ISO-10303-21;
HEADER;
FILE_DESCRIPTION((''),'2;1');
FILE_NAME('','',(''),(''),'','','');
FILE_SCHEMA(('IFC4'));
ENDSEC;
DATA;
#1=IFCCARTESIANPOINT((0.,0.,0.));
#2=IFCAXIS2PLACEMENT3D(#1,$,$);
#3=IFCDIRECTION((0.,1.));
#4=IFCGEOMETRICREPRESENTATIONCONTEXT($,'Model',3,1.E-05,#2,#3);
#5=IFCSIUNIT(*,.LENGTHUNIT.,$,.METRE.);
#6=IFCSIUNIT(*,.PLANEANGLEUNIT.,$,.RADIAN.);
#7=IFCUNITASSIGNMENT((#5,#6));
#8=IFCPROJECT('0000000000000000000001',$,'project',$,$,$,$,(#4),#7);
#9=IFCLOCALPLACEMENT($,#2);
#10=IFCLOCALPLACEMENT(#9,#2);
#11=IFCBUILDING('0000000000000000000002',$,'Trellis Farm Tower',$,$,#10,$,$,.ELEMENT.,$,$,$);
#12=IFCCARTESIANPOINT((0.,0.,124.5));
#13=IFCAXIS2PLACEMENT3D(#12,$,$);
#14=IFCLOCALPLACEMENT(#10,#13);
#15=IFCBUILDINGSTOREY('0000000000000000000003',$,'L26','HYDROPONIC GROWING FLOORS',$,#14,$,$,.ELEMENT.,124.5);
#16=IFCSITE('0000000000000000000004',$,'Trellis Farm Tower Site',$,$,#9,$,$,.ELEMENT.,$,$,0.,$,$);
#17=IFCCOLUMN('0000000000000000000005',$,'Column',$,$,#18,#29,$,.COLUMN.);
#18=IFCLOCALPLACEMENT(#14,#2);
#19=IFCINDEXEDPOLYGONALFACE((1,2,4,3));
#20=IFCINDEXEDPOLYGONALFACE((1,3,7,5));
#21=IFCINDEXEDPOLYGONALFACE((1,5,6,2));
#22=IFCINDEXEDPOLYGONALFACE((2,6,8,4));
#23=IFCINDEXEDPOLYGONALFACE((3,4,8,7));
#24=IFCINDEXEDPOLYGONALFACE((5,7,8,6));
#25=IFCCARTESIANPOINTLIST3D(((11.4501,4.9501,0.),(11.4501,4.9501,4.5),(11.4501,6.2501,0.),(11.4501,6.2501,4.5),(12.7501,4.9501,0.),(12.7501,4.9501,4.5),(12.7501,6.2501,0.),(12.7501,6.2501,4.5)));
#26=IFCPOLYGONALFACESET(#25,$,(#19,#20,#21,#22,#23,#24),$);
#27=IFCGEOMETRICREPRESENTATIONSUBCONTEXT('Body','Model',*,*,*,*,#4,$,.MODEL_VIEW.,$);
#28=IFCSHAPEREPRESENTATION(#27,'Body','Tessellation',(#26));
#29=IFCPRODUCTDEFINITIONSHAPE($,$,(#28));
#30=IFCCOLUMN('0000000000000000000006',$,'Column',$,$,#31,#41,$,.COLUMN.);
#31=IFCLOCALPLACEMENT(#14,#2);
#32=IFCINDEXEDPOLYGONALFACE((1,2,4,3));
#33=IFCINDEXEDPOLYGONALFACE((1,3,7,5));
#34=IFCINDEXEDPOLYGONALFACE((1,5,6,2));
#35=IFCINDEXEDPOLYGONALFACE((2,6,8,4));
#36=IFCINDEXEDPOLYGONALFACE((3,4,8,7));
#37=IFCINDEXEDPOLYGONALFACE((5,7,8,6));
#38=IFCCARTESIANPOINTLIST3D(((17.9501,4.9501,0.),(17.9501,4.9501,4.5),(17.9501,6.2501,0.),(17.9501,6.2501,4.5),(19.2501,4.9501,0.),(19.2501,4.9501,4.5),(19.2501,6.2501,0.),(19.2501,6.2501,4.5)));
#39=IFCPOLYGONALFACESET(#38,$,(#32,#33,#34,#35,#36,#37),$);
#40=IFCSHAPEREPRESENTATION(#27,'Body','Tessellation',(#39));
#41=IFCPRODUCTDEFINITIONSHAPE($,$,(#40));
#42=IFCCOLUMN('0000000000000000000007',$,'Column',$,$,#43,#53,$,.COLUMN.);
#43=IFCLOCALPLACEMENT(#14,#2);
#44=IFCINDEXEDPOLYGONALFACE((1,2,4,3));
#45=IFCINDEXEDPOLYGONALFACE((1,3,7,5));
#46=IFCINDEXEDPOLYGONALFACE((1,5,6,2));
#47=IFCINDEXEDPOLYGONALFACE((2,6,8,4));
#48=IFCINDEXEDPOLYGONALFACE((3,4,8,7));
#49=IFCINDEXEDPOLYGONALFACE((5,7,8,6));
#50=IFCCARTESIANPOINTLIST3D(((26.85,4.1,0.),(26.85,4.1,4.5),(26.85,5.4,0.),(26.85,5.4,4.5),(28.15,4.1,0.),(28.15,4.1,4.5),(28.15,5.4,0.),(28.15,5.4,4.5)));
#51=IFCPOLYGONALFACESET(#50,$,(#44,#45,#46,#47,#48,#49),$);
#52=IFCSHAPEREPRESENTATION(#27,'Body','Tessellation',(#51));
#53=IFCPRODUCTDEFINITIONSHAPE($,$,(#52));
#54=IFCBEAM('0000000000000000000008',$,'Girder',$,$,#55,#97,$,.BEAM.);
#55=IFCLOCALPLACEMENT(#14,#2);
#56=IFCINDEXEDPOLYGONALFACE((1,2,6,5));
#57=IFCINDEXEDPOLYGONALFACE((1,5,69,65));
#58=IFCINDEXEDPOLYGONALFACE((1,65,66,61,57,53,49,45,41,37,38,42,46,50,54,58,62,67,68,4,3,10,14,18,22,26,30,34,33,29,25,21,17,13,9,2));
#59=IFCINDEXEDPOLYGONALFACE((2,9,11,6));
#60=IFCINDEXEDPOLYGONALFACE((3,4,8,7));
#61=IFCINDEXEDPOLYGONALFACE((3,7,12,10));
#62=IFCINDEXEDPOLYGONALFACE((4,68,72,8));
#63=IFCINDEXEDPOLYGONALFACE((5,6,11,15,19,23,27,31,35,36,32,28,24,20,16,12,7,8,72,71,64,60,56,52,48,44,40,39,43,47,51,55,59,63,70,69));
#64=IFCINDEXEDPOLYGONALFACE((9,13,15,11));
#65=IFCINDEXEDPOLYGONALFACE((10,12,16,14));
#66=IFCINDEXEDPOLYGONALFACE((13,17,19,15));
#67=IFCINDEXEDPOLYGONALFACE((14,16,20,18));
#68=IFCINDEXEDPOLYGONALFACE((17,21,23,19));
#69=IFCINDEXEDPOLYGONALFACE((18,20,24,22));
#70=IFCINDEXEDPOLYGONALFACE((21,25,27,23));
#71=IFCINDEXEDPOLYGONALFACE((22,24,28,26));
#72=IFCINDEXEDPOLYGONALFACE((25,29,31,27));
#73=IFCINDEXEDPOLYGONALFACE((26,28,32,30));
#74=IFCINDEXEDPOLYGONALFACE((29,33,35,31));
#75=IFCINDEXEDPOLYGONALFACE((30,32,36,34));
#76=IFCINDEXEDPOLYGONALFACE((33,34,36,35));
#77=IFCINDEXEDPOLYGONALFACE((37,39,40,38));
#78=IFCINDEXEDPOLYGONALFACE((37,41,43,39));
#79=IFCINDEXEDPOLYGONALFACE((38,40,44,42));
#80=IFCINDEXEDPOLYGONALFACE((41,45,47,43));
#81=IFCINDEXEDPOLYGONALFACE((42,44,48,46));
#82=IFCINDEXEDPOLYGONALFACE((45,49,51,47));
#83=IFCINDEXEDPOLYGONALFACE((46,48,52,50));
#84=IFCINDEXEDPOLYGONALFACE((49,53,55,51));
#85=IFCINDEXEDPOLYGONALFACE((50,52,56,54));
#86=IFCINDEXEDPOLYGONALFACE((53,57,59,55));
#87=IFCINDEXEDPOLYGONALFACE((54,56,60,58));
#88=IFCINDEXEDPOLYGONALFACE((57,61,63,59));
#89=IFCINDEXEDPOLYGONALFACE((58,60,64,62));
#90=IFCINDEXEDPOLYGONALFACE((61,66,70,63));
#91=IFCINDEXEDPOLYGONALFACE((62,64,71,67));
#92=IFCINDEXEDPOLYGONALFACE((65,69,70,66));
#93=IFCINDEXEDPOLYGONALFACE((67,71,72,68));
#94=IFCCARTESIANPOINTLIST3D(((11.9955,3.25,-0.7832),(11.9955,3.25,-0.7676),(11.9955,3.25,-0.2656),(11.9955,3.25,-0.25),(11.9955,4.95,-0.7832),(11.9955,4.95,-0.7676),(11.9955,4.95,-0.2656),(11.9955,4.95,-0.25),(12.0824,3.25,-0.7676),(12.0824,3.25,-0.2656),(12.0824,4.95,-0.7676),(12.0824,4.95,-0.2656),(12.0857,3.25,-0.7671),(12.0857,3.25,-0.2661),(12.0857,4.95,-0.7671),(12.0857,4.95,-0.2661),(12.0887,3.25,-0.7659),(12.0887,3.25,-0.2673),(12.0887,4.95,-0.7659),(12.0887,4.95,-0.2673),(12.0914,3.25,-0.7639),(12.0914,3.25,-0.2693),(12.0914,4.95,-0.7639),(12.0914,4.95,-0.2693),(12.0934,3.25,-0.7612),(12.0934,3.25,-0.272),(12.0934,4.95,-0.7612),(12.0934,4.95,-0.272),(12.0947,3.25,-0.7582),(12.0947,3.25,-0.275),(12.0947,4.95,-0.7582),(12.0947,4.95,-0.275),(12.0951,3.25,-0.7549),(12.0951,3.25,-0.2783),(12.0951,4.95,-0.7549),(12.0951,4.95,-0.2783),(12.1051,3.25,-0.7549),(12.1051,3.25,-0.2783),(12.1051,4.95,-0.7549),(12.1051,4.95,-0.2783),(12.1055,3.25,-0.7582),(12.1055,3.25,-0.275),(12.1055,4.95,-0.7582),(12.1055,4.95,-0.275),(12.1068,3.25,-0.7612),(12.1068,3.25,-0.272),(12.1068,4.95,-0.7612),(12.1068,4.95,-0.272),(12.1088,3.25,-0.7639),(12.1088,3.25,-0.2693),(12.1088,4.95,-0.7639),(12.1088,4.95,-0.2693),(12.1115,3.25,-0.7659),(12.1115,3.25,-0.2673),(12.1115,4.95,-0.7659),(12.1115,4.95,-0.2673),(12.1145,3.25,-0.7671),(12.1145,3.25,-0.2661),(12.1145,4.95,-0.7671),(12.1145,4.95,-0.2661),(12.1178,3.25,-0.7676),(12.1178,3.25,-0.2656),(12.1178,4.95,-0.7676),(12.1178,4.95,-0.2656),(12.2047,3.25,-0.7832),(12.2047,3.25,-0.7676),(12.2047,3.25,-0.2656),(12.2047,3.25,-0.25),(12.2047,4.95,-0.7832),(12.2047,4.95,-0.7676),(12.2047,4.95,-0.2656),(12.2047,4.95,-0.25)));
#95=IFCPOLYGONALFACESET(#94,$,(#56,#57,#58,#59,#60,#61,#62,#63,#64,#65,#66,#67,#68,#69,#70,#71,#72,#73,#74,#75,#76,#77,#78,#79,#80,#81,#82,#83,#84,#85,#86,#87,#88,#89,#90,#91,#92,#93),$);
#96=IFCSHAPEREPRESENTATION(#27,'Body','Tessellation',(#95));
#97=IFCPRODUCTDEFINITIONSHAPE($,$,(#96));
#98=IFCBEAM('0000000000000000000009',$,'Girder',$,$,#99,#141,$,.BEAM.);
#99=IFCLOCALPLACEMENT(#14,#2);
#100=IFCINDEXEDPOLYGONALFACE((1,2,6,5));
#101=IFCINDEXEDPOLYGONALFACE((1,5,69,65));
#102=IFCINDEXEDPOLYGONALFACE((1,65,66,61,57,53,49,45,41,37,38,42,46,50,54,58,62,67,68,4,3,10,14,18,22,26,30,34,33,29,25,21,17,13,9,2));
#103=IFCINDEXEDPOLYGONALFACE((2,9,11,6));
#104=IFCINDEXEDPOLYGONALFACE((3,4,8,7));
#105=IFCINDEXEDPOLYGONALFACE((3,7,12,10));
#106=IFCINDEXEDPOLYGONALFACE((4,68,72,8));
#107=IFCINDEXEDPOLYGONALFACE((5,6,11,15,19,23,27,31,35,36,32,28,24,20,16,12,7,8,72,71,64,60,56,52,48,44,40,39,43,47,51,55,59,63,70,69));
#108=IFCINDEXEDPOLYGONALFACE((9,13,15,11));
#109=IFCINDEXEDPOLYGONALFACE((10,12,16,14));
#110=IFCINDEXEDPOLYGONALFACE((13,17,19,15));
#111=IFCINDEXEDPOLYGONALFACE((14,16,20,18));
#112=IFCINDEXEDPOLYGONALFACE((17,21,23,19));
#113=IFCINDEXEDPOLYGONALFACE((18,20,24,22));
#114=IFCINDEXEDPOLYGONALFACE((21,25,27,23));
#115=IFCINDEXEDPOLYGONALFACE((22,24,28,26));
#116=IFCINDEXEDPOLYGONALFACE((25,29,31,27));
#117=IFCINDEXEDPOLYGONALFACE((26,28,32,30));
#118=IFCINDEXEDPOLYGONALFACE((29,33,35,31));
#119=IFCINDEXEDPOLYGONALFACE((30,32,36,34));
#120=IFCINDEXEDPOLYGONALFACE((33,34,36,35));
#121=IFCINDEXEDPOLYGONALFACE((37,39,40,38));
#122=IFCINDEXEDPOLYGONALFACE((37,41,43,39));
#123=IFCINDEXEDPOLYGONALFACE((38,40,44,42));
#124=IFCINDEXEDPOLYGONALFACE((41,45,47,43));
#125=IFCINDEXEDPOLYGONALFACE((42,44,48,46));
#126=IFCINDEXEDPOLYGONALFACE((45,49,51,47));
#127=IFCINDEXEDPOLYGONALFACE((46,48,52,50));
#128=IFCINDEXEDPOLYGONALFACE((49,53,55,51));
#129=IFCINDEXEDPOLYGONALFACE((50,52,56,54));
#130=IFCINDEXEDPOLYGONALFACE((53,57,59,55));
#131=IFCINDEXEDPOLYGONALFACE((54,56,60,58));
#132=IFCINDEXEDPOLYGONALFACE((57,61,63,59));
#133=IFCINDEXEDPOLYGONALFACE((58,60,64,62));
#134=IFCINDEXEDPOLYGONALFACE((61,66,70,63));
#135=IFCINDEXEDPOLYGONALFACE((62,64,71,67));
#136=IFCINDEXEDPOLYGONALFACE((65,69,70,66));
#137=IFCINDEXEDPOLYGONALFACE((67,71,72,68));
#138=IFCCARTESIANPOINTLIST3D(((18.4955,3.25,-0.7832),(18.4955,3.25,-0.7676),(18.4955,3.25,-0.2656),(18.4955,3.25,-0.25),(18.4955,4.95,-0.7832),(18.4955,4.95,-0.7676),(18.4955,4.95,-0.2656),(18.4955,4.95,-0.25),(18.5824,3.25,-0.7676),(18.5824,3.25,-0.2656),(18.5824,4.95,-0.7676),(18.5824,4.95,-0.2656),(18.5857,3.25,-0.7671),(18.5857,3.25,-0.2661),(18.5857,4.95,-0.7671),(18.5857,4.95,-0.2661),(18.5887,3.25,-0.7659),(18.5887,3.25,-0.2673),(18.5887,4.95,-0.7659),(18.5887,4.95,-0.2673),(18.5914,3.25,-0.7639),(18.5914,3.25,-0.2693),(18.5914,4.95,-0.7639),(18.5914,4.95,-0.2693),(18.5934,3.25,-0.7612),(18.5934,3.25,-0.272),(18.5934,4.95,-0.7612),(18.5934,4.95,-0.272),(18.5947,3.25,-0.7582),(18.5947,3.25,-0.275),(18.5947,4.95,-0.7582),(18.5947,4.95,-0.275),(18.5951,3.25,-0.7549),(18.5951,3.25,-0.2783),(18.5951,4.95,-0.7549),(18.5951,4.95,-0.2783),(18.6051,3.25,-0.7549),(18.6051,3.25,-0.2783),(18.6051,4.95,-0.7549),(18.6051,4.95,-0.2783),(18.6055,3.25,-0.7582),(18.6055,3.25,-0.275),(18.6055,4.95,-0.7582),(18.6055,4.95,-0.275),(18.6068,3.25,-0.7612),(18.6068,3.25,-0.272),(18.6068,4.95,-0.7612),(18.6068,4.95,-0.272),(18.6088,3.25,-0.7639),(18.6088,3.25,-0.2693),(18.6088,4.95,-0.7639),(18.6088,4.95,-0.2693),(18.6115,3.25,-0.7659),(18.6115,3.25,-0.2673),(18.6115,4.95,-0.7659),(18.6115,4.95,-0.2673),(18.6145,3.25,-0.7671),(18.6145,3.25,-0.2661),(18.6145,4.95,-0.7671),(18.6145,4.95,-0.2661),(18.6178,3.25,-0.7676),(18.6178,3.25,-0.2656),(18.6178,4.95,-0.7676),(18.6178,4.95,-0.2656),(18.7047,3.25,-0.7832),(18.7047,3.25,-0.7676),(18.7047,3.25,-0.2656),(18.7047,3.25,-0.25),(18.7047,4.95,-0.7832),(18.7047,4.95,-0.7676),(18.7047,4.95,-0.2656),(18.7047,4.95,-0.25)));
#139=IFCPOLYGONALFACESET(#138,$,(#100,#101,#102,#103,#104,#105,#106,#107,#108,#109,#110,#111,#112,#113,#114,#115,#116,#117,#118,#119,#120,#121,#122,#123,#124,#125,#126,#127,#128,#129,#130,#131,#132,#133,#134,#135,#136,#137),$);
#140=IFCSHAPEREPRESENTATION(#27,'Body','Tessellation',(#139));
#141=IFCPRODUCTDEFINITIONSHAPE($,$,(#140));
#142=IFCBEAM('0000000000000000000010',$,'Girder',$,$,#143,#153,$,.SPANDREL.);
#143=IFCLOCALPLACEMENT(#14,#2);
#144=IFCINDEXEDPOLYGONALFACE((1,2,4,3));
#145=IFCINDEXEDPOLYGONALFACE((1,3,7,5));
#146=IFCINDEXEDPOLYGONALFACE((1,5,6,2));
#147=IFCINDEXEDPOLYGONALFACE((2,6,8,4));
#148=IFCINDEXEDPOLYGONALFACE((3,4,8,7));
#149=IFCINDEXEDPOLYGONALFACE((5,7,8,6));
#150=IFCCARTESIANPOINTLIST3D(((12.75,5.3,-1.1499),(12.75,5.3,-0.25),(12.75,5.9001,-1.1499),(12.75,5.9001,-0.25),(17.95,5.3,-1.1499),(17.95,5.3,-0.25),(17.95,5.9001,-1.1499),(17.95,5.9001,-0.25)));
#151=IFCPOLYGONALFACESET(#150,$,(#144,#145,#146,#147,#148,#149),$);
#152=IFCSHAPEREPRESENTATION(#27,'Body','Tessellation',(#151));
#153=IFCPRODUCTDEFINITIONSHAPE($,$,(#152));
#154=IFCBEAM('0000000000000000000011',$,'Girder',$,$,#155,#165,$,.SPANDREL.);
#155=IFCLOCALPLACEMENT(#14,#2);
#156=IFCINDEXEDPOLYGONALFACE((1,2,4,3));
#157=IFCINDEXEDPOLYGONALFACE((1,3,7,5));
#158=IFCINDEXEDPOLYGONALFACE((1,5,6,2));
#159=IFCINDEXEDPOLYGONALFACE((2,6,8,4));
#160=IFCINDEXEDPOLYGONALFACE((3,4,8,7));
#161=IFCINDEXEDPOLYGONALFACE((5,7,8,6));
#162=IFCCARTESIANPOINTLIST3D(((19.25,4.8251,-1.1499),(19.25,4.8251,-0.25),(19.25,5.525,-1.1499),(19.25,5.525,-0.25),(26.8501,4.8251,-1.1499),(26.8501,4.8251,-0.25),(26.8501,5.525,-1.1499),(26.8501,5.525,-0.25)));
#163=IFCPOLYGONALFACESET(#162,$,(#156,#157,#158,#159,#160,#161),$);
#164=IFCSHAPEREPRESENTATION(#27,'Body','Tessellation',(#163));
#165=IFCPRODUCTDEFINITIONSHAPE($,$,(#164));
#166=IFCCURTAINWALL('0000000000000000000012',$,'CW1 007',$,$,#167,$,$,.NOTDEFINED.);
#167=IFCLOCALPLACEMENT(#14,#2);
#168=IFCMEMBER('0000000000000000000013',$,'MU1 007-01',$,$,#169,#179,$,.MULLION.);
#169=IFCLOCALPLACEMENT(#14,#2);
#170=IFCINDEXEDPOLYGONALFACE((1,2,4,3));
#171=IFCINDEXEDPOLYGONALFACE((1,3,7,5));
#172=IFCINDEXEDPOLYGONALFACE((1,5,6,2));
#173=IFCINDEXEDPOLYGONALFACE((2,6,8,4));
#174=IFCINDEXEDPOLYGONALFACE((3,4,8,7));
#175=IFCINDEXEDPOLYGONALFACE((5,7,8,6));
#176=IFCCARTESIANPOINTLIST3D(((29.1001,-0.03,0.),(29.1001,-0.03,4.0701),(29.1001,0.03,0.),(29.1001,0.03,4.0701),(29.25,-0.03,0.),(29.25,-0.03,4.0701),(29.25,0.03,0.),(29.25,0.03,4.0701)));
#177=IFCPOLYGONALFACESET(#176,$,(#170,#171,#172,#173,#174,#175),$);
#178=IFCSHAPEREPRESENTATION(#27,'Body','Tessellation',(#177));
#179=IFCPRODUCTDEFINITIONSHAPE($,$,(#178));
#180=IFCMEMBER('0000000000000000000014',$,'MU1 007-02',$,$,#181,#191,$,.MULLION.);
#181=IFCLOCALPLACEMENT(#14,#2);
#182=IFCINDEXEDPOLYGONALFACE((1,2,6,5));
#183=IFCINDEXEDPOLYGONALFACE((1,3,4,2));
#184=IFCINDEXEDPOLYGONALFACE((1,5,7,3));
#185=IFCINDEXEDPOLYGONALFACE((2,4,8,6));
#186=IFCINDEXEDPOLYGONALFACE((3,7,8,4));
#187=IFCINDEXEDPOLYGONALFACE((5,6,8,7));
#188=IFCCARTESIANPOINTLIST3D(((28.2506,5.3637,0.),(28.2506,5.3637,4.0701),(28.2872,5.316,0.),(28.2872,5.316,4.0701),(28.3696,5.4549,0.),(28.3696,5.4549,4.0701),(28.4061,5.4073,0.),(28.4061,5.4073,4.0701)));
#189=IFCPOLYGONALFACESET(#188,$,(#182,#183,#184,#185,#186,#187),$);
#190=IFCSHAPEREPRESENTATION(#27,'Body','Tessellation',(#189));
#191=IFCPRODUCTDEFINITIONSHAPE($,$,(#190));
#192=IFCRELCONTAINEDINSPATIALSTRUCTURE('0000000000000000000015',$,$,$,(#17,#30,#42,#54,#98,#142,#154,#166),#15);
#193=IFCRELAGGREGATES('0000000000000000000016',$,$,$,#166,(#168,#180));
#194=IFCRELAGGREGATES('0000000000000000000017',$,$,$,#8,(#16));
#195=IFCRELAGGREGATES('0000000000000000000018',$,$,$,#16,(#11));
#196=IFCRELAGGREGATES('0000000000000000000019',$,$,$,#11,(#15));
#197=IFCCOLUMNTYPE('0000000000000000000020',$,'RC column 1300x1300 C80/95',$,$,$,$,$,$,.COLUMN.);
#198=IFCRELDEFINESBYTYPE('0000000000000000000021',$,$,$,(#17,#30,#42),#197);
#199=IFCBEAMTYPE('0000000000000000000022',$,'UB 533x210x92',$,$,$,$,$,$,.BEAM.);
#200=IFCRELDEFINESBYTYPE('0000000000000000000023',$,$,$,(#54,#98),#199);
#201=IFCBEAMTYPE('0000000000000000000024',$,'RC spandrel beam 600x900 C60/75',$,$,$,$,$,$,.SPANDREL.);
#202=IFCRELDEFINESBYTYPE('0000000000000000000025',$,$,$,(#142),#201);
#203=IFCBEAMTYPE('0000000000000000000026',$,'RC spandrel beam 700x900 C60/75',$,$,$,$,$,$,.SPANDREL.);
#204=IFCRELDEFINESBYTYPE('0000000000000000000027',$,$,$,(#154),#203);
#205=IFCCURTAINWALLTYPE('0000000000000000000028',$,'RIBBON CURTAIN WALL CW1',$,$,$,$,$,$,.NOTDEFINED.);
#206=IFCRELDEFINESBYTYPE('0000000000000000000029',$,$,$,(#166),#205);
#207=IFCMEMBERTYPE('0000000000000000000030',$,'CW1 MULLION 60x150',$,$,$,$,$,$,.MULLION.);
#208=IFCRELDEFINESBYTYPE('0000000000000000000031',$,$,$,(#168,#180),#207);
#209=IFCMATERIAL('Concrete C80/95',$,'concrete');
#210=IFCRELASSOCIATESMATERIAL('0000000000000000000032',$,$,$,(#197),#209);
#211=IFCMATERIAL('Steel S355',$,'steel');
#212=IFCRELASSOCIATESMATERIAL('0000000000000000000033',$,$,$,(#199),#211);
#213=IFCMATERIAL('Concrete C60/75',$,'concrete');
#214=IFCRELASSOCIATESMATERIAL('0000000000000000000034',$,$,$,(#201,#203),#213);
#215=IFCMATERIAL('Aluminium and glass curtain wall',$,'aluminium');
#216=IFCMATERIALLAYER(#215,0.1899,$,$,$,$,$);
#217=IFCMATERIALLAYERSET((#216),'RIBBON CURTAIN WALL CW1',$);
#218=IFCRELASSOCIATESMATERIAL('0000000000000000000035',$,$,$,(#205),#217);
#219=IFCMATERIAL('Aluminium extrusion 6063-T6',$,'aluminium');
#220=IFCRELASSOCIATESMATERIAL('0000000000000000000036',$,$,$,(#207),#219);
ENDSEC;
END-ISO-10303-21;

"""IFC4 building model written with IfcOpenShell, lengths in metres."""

from ifc_helpers import new_model, si_unit, direction, frame, origin, origin_2d, place, context, subcontext, project, spatial, rectangle, i_section, extrude, source, transform, mapped, material, layer, layer_set, material_profile, profile_set, type_object, element, aggregate, save


model = new_model("IFC4")

# Units and contexts
model_context = context("Model", 3, precision=1e-05, world=origin(), true_north=direction((0.0, 1.0)))
body_context = subcontext(model_context, "Body", "Model", "MODEL_VIEW")
ifc_project = project(units=[si_unit("LENGTHUNIT", "METRE"), si_unit("PLANEANGLEUNIT", "RADIAN")], contexts=[model_context])

# Site, building, storey
site_placement = place(None, origin())
site = spatial("IfcSite", under=ifc_project, at=site_placement, Name="Trellis Farm Tower Site", CompositionType="ELEMENT", RefElevation=0.0)
building_placement = place(site_placement, origin())
building = spatial("IfcBuilding", under=site, at=building_placement, Name="Trellis Farm Tower", CompositionType="ELEMENT")
storey_placement = place(building_placement, frame((0.0, 0.0, 124.5)))
storey = spatial("IfcBuildingStorey", under=building, at=storey_placement, Name="L26", Description="HYDROPONIC GROWING FLOORS", CompositionType="ELEMENT", Elevation=124.5)

# Columns
ifc_material_1 = material(Name="Concrete C80/95", Category="concrete")
ifc_material_profile_1 = material_profile(ifc_material_1, rectangle(XDim=1.3, YDim=1.3, at=origin_2d()), Name="RC column 1300x1300 C80/95")
ifc_profile_set_1 = profile_set([ifc_material_profile_1], Name="Concrete C80/95")
column_type = type_object("IfcColumnType", Name="RC column 1300x1300 C80/95", PredefinedType="COLUMN", material=ifc_profile_set_1)
shared_shape_1 = source(origin(), body_context, "Body", "SweptSolid", [
    extrude(rectangle(XDim=1.3, YDim=1.3, at=origin_2d()), origin(), (0.0, 0.0, 1.0), 4.5),
])
for number, where, z_axis, x_axis, name in (
    (1, (12.1001, 5.6001, 0.0), (0.0, 0.0, 1.0), (1.0, 0.0, 0.0), "Column"),
    (2, (18.6001, 5.6001, 0.0), (0.0, 0.0, 1.0), (1.0, 0.0, 0.0), "Column"),
    (3, (27.5, 4.75, 0.0), (0.0, 0.0, 1.0), (1.0, 0.0, 0.0), "Column"),
):
    element("IfcColumn", number, at=place(storey_placement, frame(where, z_axis=z_axis, x_axis=x_axis)), inside=storey, type_object=column_type, Name=name, PredefinedType="COLUMN", context=body_context, shape_type="MappedRepresentation", body=[
        mapped(shared_shape_1, transform((0.0, 0.0, 0.0))),
    ])

# Beams
ifc_material_2 = material(Name="Steel S355", Category="steel")
ifc_material_profile_2 = material_profile(ifc_material_2, i_section(OverallWidth=0.2092, OverallDepth=0.5332, WebThickness=0.01, FlangeThickness=0.0156, FilletRadius=0.0127, at=origin_2d()), Name="UB 533x210x92")
ifc_profile_set_2 = profile_set([ifc_material_profile_2], Name="Steel S355")
beam_type_1 = type_object("IfcBeamType", Name="UB 533x210x92", PredefinedType="BEAM", material=ifc_profile_set_2)
shared_shape_2 = source(origin(), body_context, "Body", "SweptSolid", [
    extrude(i_section(OverallWidth=0.2092, OverallDepth=0.5332, WebThickness=0.01, FlangeThickness=0.0156, FilletRadius=0.0127, at=origin_2d()), origin(), (0.0, 0.0, 1.0), 1.7),
])
for number, where, z_axis, x_axis, name in (
    (4, (12.1001, 3.25, -0.5166), (0.0, 1.0, 0.0), (-1.0, 0.0, 0.0), "Girder"),
    (5, (18.6001, 3.25, -0.5166), (0.0, 1.0, 0.0), (-1.0, 0.0, 0.0), "Girder"),
):
    element("IfcBeam", number, at=place(storey_placement, frame(where, z_axis=z_axis, x_axis=x_axis)), inside=storey, type_object=beam_type_1, Name=name, PredefinedType="BEAM", context=body_context, shape_type="MappedRepresentation", body=[
        mapped(shared_shape_2, transform((0.0, 0.0, 0.0))),
    ])
ifc_material_3 = material(Name="Concrete C60/75", Category="concrete")
ifc_material_profile_3 = material_profile(ifc_material_3, rectangle(XDim=0.6001, YDim=0.8999, at=origin_2d()), Name="RC spandrel beam 600x900 C60/75")
ifc_profile_set_3 = profile_set([ifc_material_profile_3], Name="Concrete C60/75")
beam_type_2 = type_object("IfcBeamType", Name="RC spandrel beam 600x900 C60/75", PredefinedType="SPANDREL", material=ifc_profile_set_3)
shared_shape_3 = source(origin(), body_context, "Body", "SweptSolid", [
    extrude(rectangle(XDim=0.6001, YDim=0.8999, at=origin_2d()), origin(), (0.0, 0.0, 1.0), 5.2),
])
beam_1_placement = place(storey_placement, frame((12.75, 5.6001, -0.7), z_axis=(1.0, 0.0, 0.0), x_axis=(0.0, 1.0, 0.0)))
element("IfcBeam", 6, at=beam_1_placement, inside=storey, type_object=beam_type_2, Name="Girder", PredefinedType="SPANDREL", context=body_context, shape_type="MappedRepresentation", body=[
    mapped(shared_shape_3, transform((0.0, 0.0, 0.0))),
])
ifc_material_profile_4 = material_profile(ifc_material_3, rectangle(XDim=0.7, YDim=0.8999, at=origin_2d()), Name="RC spandrel beam 700x900 C60/75")
ifc_profile_set_4 = profile_set([ifc_material_profile_4], Name="Concrete C60/75")
beam_type_3 = type_object("IfcBeamType", Name="RC spandrel beam 700x900 C60/75", PredefinedType="SPANDREL", material=ifc_profile_set_4)
shared_shape_4 = source(origin(), body_context, "Body", "SweptSolid", [
    extrude(rectangle(XDim=0.7, YDim=0.8999, at=origin_2d()), origin(), (0.0, 0.0, 1.0), 7.6001),
])
beam_2_placement = place(storey_placement, frame((19.25, 5.175, -0.7), z_axis=(1.0, 0.0, 0.0), x_axis=(0.0, 1.0, 0.0)))
element("IfcBeam", 7, at=beam_2_placement, inside=storey, type_object=beam_type_3, Name="Girder", PredefinedType="SPANDREL", context=body_context, shape_type="MappedRepresentation", body=[
    mapped(shared_shape_4, transform((0.0, 0.0, 0.0))),
])

# Curtain wall, members
ifc_material_4 = material(Name="Aluminium and glass curtain wall", Category="aluminium")
ifc_layer_1 = layer(ifc_material_4, 0.1899)
ifc_layer_set_1 = layer_set([ifc_layer_1], Name="RIBBON CURTAIN WALL CW1")
curtain_wall_type = type_object("IfcCurtainWallType", Name="RIBBON CURTAIN WALL CW1", PredefinedType="NOTDEFINED", material=ifc_layer_set_1)
placement = place(storey_placement, origin())
curtain_wall_1 = element("IfcCurtainWall", 8, at=placement, inside=storey, type_object=curtain_wall_type, Name="CW1 007", PredefinedType="NOTDEFINED")
ifc_material_5 = material(Name="Aluminium extrusion 6063-T6", Category="aluminium")
ifc_material_profile_5 = material_profile(ifc_material_5, rectangle(XDim=0.0601, YDim=0.1499, at=origin_2d()), Name="MULLION 60x150")
ifc_profile_set_5 = profile_set([ifc_material_profile_5], Name="Aluminium extrusion 6063-T6")
member_type = type_object("IfcMemberType", Name="CW1 MULLION 60x150", PredefinedType="MULLION", material=ifc_profile_set_5)
shared_shape_5 = source(origin(), body_context, "Body", "SweptSolid", [
    extrude(rectangle(XDim=0.0601, YDim=0.1499, at=origin_2d()), origin(), (0.0, 0.0, 1.0), 4.0701),
])
member_1_placement = place(storey_placement, frame((29.175, 0.0, 0.0), z_axis=(0.0, 0.0, 1.0), x_axis=(0.0, 1.0, 0.0)))
member_1 = element("IfcMember", 9, at=member_1_placement, type_object=member_type, Name="MU1 007-01", PredefinedType="MULLION", context=body_context, shape_type="MappedRepresentation", body=[
    mapped(shared_shape_5, transform((0.0, 0.0, 0.0))),
])
member_2_placement = place(storey_placement, frame((28.3284, 5.3855, 0.0), z_axis=(0.0, 0.0, 1.0), x_axis=(-0.608761, 0.793353, 0.0)))
member_2 = element("IfcMember", 10, at=member_2_placement, type_object=member_type, Name="MU1 007-02", PredefinedType="MULLION", context=body_context, shape_type="MappedRepresentation", body=[
    mapped(shared_shape_5, transform((0.0, 0.0, 0.0))),
])
aggregate(curtain_wall_1, [member_1, member_2])

save(model, "model.ifc")
